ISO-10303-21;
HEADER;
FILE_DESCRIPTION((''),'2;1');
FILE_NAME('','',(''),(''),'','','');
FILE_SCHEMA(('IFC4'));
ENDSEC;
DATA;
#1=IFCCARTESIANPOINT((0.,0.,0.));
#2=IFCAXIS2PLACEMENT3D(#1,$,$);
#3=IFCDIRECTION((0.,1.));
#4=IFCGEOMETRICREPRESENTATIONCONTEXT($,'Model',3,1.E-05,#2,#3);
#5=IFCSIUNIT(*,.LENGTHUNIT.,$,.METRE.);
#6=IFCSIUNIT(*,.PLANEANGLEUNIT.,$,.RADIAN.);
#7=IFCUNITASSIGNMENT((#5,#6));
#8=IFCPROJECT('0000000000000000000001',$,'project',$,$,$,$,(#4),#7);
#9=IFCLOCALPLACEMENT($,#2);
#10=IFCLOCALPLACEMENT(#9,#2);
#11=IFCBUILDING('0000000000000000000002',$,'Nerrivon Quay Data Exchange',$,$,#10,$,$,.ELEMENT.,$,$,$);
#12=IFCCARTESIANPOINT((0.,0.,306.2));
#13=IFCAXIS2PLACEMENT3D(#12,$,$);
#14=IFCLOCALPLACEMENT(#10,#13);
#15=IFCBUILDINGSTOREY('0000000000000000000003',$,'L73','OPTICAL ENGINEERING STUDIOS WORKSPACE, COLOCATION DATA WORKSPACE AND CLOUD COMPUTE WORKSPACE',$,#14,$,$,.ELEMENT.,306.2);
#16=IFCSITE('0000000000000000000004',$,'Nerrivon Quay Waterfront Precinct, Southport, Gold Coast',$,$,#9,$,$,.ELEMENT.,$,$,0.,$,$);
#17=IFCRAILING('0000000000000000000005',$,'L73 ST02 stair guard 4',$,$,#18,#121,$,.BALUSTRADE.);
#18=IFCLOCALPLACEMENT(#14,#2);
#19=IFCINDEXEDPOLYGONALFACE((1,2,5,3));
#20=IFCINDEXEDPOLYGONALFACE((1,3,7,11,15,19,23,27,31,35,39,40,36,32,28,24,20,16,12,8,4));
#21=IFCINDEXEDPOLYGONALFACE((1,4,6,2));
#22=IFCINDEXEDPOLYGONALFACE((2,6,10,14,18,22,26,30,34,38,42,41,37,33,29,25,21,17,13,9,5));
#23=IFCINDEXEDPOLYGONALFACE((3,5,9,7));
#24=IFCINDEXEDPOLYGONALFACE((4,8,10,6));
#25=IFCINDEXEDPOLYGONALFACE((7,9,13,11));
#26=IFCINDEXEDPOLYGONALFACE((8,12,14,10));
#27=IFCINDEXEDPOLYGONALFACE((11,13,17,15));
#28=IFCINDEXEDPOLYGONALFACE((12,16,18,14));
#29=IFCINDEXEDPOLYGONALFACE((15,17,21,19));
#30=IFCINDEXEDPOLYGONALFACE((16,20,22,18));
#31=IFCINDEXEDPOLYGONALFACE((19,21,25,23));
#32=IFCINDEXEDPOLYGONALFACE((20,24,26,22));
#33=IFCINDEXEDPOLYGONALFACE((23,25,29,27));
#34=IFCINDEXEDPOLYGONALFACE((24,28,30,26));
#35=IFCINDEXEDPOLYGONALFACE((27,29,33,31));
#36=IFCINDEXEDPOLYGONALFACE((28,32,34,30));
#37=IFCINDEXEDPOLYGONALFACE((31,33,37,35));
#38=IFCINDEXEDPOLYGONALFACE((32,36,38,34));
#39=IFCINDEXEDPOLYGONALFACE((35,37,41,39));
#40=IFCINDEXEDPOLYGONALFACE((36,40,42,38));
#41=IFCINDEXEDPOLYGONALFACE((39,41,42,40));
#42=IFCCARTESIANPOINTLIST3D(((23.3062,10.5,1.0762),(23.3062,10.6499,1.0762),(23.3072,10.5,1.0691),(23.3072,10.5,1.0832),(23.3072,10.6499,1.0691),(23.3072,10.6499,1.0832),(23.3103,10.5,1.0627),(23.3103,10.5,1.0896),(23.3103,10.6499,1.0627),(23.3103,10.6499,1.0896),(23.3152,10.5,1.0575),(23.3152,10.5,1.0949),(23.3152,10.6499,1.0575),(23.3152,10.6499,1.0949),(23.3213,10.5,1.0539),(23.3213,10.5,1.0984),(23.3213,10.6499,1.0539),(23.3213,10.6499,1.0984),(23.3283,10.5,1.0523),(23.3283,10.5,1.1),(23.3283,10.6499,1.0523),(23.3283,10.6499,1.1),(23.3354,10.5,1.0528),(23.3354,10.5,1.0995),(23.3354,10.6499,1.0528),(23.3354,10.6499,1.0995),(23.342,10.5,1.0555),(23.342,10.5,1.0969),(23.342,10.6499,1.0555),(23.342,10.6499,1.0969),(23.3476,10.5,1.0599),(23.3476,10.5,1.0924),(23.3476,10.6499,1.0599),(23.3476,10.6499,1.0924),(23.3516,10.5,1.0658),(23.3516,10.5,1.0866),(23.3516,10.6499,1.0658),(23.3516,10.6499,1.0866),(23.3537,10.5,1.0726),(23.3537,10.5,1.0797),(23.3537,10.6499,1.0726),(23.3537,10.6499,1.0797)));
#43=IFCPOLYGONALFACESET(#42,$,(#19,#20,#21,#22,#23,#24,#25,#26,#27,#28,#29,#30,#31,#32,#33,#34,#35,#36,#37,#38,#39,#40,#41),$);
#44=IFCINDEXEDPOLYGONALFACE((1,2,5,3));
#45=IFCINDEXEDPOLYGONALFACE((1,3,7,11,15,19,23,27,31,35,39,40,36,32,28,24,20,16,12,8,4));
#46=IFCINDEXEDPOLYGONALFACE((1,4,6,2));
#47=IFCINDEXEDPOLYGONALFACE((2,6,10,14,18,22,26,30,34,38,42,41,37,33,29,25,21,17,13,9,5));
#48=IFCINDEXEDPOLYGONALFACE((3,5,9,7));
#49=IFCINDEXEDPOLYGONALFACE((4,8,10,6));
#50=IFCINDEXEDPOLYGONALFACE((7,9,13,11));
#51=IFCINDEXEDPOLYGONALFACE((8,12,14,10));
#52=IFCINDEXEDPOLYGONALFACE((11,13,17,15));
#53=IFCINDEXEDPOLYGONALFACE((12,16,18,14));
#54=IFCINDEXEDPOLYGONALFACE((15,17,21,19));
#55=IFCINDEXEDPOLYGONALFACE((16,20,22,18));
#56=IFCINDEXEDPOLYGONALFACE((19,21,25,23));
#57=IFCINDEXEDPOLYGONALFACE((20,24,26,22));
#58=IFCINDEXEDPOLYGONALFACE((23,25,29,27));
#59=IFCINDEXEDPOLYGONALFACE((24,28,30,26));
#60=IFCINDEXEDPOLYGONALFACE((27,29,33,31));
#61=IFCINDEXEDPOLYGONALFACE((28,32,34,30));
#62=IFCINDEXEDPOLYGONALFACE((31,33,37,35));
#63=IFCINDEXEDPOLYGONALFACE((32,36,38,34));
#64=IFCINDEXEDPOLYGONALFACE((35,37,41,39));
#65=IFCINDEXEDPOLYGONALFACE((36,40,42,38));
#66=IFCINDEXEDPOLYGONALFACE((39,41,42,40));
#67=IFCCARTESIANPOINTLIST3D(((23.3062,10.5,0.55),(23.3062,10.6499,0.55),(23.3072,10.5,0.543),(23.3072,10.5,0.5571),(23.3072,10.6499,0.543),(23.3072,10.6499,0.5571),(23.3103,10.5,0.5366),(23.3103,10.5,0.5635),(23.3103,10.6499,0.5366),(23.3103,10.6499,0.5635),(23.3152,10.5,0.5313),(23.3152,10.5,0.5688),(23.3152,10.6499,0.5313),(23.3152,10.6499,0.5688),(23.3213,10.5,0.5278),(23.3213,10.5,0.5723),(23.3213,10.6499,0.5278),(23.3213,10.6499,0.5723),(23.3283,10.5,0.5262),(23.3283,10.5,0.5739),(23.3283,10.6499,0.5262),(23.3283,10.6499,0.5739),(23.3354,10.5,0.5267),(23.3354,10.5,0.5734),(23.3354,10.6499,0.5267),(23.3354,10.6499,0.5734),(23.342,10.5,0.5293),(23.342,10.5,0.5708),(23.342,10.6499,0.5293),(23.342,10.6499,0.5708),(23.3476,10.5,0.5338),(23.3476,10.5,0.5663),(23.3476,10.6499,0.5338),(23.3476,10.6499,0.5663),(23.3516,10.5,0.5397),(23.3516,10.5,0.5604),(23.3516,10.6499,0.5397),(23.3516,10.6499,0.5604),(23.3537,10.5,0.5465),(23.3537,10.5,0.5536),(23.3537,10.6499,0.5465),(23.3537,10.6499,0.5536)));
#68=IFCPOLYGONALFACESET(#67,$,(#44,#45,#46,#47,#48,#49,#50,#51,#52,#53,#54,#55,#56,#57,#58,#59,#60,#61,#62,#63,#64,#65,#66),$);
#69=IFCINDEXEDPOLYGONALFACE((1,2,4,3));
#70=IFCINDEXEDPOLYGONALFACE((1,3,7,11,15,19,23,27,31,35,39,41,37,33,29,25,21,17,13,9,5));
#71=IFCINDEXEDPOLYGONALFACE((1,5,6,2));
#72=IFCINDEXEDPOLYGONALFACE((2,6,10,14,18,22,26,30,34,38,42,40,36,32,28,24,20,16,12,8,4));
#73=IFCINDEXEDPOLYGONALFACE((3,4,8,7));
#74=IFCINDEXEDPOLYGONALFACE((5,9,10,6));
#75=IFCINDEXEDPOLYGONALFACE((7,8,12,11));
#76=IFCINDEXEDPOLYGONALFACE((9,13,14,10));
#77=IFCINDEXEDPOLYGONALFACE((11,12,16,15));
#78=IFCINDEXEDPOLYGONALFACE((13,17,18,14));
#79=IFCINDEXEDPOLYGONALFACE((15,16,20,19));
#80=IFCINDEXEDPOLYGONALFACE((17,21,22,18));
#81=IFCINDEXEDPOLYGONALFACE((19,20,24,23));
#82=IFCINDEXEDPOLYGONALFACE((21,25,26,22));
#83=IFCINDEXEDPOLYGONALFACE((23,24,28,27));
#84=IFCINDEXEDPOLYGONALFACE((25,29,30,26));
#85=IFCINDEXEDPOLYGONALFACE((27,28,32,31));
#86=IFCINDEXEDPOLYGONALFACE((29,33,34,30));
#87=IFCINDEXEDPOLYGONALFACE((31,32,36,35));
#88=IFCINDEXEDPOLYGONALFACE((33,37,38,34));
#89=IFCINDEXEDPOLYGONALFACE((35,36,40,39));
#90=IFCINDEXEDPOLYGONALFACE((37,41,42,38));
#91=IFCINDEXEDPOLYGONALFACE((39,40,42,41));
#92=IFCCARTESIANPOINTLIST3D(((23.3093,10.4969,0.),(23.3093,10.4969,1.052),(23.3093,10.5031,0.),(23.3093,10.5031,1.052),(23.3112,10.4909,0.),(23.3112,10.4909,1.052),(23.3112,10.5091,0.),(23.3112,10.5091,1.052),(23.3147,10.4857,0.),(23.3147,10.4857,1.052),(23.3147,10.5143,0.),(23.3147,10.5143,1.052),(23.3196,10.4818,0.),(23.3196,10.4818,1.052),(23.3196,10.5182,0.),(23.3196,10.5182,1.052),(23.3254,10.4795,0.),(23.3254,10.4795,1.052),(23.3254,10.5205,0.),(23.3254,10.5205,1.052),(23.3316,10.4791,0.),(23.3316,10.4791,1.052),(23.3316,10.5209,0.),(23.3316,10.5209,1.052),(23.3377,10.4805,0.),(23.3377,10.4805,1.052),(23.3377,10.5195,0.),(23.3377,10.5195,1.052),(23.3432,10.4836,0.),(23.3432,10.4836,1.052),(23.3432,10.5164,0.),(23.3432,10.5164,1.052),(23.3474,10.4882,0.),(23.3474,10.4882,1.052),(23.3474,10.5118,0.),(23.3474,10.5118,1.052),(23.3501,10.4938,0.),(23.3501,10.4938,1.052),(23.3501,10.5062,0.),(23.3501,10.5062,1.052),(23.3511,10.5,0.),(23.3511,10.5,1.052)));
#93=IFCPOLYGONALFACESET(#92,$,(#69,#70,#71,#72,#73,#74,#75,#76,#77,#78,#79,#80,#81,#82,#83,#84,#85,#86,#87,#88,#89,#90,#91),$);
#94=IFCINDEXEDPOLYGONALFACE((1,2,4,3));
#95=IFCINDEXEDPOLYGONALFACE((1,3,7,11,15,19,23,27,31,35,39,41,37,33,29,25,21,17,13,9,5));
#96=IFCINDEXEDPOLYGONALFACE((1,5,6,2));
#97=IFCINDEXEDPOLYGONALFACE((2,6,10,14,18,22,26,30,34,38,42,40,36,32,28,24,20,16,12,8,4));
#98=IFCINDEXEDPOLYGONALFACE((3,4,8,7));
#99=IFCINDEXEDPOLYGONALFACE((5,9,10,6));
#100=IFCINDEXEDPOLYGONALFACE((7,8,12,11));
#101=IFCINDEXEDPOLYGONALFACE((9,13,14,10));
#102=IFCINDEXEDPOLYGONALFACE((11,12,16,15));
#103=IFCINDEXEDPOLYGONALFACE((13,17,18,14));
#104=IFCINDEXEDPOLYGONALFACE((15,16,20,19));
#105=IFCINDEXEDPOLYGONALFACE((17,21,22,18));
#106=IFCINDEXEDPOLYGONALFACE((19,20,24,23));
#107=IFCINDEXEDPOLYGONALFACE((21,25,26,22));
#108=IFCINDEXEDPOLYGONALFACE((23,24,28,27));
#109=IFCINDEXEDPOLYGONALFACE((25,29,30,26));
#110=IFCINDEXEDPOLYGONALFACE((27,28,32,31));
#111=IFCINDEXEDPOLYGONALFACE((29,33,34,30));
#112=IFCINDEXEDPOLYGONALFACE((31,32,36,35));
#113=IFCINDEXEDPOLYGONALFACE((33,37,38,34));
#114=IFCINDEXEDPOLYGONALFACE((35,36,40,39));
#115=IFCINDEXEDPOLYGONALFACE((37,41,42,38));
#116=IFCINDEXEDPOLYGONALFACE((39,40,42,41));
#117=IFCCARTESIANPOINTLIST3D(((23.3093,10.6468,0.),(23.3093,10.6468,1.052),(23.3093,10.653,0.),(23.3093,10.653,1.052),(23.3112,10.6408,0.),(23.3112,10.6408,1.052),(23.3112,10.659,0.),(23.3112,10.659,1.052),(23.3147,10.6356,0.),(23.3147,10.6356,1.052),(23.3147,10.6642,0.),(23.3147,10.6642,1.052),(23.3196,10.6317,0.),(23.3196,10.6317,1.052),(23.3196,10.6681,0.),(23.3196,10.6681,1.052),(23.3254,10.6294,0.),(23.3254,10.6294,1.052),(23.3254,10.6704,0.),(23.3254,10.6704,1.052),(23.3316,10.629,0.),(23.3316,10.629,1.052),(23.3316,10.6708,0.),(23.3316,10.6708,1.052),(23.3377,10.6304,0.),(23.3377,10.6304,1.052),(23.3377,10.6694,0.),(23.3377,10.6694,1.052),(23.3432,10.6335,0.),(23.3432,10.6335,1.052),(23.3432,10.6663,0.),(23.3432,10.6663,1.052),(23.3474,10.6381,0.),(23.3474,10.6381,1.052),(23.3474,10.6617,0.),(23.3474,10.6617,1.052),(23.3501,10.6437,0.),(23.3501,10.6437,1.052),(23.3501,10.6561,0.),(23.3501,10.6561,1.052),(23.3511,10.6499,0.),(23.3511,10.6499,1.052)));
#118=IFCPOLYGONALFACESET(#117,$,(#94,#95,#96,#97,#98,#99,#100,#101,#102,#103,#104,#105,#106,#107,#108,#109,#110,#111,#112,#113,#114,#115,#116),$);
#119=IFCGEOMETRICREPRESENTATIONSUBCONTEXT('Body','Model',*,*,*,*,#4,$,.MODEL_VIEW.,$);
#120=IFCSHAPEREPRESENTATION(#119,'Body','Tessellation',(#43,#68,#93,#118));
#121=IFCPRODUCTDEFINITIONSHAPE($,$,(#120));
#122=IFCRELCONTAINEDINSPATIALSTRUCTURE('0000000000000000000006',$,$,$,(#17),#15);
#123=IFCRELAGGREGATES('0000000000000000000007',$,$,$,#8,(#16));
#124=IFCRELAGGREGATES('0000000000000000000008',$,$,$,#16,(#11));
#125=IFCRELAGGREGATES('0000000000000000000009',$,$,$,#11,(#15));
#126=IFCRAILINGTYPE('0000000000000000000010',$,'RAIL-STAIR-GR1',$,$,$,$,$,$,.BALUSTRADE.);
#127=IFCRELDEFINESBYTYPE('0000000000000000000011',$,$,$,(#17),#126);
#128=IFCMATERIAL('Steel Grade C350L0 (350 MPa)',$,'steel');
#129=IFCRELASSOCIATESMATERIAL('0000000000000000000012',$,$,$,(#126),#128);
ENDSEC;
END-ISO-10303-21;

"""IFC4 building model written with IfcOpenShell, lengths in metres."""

from ifc_helpers import new_model, si_unit, direction, frame, origin, origin_2d, place, context, subcontext, project, spatial, circle, extrude, material, type_object, element, save


model = new_model("IFC4")

# Units and contexts
model_context = context("Model", 3, precision=1e-05, world=origin(), true_north=direction((0.0, 1.0)))
body_context = subcontext(model_context, "Body", "Model", "MODEL_VIEW")
ifc_project = project(units=[si_unit("LENGTHUNIT", "METRE"), si_unit("PLANEANGLEUNIT", "RADIAN")], contexts=[model_context])

# Site, building, storey
site_placement = place(None, origin())
site = spatial("IfcSite", under=ifc_project, at=site_placement, Name="Nerrivon Quay Waterfront Precinct, Southport, Gold Coast", CompositionType="ELEMENT", RefElevation=0.0)
building_placement = place(site_placement, origin())
building = spatial("IfcBuilding", under=site, at=building_placement, Name="Nerrivon Quay Data Exchange", CompositionType="ELEMENT")
storey_placement = place(building_placement, frame((0.0, 0.0, 306.2)))
storey = spatial("IfcBuildingStorey", under=building, at=storey_placement, Name="L73", Description="OPTICAL ENGINEERING STUDIOS WORKSPACE, COLOCATION DATA WORKSPACE AND CLOUD COMPUTE WORKSPACE", CompositionType="ELEMENT", Elevation=306.2)

# Railing
ifc_material_1 = material(Name="Steel Grade C350L0 (350 MPa)", Category="steel")
railing_type_1 = type_object("IfcRailingType", Name="RAIL-STAIR-GR1", PredefinedType="BALUSTRADE", material=ifc_material_1)
railing_1_placement = place(storey_placement, frame((23.3301, 10.5, 0.0)))
element("IfcRailing", 1, at=railing_1_placement, inside=storey, type_object=railing_type_1, Name="L73 ST02 stair guard 4", PredefinedType="BALUSTRADE", context=body_context, shape_type="SweptSolid", body=[
    extrude(circle(Radius=0.0239, at=origin_2d()), frame((0.0, 0.0, 1.0762), z_axis=(0.0, 1.0, 0.0), x_axis=(-1.0, 0.0, 0.0)), (0.0, 0.0, 1.0), 0.1499),
    extrude(circle(Radius=0.0239, at=origin_2d()), frame((0.0, 0.0, 0.55), z_axis=(0.0, 1.0, 0.0), x_axis=(-1.0, 0.0, 0.0)), (0.0, 0.0, 1.0), 0.1499),
    extrude(circle(Radius=0.021, at=origin_2d()), origin(), (0.0, 0.0, 1.0), 1.052),
    extrude(circle(Radius=0.021, at=origin_2d()), frame((0.0, 0.1499, 0.0)), (0.0, 0.0, 1.0), 1.052),
])

save(model, "model.ifc")
